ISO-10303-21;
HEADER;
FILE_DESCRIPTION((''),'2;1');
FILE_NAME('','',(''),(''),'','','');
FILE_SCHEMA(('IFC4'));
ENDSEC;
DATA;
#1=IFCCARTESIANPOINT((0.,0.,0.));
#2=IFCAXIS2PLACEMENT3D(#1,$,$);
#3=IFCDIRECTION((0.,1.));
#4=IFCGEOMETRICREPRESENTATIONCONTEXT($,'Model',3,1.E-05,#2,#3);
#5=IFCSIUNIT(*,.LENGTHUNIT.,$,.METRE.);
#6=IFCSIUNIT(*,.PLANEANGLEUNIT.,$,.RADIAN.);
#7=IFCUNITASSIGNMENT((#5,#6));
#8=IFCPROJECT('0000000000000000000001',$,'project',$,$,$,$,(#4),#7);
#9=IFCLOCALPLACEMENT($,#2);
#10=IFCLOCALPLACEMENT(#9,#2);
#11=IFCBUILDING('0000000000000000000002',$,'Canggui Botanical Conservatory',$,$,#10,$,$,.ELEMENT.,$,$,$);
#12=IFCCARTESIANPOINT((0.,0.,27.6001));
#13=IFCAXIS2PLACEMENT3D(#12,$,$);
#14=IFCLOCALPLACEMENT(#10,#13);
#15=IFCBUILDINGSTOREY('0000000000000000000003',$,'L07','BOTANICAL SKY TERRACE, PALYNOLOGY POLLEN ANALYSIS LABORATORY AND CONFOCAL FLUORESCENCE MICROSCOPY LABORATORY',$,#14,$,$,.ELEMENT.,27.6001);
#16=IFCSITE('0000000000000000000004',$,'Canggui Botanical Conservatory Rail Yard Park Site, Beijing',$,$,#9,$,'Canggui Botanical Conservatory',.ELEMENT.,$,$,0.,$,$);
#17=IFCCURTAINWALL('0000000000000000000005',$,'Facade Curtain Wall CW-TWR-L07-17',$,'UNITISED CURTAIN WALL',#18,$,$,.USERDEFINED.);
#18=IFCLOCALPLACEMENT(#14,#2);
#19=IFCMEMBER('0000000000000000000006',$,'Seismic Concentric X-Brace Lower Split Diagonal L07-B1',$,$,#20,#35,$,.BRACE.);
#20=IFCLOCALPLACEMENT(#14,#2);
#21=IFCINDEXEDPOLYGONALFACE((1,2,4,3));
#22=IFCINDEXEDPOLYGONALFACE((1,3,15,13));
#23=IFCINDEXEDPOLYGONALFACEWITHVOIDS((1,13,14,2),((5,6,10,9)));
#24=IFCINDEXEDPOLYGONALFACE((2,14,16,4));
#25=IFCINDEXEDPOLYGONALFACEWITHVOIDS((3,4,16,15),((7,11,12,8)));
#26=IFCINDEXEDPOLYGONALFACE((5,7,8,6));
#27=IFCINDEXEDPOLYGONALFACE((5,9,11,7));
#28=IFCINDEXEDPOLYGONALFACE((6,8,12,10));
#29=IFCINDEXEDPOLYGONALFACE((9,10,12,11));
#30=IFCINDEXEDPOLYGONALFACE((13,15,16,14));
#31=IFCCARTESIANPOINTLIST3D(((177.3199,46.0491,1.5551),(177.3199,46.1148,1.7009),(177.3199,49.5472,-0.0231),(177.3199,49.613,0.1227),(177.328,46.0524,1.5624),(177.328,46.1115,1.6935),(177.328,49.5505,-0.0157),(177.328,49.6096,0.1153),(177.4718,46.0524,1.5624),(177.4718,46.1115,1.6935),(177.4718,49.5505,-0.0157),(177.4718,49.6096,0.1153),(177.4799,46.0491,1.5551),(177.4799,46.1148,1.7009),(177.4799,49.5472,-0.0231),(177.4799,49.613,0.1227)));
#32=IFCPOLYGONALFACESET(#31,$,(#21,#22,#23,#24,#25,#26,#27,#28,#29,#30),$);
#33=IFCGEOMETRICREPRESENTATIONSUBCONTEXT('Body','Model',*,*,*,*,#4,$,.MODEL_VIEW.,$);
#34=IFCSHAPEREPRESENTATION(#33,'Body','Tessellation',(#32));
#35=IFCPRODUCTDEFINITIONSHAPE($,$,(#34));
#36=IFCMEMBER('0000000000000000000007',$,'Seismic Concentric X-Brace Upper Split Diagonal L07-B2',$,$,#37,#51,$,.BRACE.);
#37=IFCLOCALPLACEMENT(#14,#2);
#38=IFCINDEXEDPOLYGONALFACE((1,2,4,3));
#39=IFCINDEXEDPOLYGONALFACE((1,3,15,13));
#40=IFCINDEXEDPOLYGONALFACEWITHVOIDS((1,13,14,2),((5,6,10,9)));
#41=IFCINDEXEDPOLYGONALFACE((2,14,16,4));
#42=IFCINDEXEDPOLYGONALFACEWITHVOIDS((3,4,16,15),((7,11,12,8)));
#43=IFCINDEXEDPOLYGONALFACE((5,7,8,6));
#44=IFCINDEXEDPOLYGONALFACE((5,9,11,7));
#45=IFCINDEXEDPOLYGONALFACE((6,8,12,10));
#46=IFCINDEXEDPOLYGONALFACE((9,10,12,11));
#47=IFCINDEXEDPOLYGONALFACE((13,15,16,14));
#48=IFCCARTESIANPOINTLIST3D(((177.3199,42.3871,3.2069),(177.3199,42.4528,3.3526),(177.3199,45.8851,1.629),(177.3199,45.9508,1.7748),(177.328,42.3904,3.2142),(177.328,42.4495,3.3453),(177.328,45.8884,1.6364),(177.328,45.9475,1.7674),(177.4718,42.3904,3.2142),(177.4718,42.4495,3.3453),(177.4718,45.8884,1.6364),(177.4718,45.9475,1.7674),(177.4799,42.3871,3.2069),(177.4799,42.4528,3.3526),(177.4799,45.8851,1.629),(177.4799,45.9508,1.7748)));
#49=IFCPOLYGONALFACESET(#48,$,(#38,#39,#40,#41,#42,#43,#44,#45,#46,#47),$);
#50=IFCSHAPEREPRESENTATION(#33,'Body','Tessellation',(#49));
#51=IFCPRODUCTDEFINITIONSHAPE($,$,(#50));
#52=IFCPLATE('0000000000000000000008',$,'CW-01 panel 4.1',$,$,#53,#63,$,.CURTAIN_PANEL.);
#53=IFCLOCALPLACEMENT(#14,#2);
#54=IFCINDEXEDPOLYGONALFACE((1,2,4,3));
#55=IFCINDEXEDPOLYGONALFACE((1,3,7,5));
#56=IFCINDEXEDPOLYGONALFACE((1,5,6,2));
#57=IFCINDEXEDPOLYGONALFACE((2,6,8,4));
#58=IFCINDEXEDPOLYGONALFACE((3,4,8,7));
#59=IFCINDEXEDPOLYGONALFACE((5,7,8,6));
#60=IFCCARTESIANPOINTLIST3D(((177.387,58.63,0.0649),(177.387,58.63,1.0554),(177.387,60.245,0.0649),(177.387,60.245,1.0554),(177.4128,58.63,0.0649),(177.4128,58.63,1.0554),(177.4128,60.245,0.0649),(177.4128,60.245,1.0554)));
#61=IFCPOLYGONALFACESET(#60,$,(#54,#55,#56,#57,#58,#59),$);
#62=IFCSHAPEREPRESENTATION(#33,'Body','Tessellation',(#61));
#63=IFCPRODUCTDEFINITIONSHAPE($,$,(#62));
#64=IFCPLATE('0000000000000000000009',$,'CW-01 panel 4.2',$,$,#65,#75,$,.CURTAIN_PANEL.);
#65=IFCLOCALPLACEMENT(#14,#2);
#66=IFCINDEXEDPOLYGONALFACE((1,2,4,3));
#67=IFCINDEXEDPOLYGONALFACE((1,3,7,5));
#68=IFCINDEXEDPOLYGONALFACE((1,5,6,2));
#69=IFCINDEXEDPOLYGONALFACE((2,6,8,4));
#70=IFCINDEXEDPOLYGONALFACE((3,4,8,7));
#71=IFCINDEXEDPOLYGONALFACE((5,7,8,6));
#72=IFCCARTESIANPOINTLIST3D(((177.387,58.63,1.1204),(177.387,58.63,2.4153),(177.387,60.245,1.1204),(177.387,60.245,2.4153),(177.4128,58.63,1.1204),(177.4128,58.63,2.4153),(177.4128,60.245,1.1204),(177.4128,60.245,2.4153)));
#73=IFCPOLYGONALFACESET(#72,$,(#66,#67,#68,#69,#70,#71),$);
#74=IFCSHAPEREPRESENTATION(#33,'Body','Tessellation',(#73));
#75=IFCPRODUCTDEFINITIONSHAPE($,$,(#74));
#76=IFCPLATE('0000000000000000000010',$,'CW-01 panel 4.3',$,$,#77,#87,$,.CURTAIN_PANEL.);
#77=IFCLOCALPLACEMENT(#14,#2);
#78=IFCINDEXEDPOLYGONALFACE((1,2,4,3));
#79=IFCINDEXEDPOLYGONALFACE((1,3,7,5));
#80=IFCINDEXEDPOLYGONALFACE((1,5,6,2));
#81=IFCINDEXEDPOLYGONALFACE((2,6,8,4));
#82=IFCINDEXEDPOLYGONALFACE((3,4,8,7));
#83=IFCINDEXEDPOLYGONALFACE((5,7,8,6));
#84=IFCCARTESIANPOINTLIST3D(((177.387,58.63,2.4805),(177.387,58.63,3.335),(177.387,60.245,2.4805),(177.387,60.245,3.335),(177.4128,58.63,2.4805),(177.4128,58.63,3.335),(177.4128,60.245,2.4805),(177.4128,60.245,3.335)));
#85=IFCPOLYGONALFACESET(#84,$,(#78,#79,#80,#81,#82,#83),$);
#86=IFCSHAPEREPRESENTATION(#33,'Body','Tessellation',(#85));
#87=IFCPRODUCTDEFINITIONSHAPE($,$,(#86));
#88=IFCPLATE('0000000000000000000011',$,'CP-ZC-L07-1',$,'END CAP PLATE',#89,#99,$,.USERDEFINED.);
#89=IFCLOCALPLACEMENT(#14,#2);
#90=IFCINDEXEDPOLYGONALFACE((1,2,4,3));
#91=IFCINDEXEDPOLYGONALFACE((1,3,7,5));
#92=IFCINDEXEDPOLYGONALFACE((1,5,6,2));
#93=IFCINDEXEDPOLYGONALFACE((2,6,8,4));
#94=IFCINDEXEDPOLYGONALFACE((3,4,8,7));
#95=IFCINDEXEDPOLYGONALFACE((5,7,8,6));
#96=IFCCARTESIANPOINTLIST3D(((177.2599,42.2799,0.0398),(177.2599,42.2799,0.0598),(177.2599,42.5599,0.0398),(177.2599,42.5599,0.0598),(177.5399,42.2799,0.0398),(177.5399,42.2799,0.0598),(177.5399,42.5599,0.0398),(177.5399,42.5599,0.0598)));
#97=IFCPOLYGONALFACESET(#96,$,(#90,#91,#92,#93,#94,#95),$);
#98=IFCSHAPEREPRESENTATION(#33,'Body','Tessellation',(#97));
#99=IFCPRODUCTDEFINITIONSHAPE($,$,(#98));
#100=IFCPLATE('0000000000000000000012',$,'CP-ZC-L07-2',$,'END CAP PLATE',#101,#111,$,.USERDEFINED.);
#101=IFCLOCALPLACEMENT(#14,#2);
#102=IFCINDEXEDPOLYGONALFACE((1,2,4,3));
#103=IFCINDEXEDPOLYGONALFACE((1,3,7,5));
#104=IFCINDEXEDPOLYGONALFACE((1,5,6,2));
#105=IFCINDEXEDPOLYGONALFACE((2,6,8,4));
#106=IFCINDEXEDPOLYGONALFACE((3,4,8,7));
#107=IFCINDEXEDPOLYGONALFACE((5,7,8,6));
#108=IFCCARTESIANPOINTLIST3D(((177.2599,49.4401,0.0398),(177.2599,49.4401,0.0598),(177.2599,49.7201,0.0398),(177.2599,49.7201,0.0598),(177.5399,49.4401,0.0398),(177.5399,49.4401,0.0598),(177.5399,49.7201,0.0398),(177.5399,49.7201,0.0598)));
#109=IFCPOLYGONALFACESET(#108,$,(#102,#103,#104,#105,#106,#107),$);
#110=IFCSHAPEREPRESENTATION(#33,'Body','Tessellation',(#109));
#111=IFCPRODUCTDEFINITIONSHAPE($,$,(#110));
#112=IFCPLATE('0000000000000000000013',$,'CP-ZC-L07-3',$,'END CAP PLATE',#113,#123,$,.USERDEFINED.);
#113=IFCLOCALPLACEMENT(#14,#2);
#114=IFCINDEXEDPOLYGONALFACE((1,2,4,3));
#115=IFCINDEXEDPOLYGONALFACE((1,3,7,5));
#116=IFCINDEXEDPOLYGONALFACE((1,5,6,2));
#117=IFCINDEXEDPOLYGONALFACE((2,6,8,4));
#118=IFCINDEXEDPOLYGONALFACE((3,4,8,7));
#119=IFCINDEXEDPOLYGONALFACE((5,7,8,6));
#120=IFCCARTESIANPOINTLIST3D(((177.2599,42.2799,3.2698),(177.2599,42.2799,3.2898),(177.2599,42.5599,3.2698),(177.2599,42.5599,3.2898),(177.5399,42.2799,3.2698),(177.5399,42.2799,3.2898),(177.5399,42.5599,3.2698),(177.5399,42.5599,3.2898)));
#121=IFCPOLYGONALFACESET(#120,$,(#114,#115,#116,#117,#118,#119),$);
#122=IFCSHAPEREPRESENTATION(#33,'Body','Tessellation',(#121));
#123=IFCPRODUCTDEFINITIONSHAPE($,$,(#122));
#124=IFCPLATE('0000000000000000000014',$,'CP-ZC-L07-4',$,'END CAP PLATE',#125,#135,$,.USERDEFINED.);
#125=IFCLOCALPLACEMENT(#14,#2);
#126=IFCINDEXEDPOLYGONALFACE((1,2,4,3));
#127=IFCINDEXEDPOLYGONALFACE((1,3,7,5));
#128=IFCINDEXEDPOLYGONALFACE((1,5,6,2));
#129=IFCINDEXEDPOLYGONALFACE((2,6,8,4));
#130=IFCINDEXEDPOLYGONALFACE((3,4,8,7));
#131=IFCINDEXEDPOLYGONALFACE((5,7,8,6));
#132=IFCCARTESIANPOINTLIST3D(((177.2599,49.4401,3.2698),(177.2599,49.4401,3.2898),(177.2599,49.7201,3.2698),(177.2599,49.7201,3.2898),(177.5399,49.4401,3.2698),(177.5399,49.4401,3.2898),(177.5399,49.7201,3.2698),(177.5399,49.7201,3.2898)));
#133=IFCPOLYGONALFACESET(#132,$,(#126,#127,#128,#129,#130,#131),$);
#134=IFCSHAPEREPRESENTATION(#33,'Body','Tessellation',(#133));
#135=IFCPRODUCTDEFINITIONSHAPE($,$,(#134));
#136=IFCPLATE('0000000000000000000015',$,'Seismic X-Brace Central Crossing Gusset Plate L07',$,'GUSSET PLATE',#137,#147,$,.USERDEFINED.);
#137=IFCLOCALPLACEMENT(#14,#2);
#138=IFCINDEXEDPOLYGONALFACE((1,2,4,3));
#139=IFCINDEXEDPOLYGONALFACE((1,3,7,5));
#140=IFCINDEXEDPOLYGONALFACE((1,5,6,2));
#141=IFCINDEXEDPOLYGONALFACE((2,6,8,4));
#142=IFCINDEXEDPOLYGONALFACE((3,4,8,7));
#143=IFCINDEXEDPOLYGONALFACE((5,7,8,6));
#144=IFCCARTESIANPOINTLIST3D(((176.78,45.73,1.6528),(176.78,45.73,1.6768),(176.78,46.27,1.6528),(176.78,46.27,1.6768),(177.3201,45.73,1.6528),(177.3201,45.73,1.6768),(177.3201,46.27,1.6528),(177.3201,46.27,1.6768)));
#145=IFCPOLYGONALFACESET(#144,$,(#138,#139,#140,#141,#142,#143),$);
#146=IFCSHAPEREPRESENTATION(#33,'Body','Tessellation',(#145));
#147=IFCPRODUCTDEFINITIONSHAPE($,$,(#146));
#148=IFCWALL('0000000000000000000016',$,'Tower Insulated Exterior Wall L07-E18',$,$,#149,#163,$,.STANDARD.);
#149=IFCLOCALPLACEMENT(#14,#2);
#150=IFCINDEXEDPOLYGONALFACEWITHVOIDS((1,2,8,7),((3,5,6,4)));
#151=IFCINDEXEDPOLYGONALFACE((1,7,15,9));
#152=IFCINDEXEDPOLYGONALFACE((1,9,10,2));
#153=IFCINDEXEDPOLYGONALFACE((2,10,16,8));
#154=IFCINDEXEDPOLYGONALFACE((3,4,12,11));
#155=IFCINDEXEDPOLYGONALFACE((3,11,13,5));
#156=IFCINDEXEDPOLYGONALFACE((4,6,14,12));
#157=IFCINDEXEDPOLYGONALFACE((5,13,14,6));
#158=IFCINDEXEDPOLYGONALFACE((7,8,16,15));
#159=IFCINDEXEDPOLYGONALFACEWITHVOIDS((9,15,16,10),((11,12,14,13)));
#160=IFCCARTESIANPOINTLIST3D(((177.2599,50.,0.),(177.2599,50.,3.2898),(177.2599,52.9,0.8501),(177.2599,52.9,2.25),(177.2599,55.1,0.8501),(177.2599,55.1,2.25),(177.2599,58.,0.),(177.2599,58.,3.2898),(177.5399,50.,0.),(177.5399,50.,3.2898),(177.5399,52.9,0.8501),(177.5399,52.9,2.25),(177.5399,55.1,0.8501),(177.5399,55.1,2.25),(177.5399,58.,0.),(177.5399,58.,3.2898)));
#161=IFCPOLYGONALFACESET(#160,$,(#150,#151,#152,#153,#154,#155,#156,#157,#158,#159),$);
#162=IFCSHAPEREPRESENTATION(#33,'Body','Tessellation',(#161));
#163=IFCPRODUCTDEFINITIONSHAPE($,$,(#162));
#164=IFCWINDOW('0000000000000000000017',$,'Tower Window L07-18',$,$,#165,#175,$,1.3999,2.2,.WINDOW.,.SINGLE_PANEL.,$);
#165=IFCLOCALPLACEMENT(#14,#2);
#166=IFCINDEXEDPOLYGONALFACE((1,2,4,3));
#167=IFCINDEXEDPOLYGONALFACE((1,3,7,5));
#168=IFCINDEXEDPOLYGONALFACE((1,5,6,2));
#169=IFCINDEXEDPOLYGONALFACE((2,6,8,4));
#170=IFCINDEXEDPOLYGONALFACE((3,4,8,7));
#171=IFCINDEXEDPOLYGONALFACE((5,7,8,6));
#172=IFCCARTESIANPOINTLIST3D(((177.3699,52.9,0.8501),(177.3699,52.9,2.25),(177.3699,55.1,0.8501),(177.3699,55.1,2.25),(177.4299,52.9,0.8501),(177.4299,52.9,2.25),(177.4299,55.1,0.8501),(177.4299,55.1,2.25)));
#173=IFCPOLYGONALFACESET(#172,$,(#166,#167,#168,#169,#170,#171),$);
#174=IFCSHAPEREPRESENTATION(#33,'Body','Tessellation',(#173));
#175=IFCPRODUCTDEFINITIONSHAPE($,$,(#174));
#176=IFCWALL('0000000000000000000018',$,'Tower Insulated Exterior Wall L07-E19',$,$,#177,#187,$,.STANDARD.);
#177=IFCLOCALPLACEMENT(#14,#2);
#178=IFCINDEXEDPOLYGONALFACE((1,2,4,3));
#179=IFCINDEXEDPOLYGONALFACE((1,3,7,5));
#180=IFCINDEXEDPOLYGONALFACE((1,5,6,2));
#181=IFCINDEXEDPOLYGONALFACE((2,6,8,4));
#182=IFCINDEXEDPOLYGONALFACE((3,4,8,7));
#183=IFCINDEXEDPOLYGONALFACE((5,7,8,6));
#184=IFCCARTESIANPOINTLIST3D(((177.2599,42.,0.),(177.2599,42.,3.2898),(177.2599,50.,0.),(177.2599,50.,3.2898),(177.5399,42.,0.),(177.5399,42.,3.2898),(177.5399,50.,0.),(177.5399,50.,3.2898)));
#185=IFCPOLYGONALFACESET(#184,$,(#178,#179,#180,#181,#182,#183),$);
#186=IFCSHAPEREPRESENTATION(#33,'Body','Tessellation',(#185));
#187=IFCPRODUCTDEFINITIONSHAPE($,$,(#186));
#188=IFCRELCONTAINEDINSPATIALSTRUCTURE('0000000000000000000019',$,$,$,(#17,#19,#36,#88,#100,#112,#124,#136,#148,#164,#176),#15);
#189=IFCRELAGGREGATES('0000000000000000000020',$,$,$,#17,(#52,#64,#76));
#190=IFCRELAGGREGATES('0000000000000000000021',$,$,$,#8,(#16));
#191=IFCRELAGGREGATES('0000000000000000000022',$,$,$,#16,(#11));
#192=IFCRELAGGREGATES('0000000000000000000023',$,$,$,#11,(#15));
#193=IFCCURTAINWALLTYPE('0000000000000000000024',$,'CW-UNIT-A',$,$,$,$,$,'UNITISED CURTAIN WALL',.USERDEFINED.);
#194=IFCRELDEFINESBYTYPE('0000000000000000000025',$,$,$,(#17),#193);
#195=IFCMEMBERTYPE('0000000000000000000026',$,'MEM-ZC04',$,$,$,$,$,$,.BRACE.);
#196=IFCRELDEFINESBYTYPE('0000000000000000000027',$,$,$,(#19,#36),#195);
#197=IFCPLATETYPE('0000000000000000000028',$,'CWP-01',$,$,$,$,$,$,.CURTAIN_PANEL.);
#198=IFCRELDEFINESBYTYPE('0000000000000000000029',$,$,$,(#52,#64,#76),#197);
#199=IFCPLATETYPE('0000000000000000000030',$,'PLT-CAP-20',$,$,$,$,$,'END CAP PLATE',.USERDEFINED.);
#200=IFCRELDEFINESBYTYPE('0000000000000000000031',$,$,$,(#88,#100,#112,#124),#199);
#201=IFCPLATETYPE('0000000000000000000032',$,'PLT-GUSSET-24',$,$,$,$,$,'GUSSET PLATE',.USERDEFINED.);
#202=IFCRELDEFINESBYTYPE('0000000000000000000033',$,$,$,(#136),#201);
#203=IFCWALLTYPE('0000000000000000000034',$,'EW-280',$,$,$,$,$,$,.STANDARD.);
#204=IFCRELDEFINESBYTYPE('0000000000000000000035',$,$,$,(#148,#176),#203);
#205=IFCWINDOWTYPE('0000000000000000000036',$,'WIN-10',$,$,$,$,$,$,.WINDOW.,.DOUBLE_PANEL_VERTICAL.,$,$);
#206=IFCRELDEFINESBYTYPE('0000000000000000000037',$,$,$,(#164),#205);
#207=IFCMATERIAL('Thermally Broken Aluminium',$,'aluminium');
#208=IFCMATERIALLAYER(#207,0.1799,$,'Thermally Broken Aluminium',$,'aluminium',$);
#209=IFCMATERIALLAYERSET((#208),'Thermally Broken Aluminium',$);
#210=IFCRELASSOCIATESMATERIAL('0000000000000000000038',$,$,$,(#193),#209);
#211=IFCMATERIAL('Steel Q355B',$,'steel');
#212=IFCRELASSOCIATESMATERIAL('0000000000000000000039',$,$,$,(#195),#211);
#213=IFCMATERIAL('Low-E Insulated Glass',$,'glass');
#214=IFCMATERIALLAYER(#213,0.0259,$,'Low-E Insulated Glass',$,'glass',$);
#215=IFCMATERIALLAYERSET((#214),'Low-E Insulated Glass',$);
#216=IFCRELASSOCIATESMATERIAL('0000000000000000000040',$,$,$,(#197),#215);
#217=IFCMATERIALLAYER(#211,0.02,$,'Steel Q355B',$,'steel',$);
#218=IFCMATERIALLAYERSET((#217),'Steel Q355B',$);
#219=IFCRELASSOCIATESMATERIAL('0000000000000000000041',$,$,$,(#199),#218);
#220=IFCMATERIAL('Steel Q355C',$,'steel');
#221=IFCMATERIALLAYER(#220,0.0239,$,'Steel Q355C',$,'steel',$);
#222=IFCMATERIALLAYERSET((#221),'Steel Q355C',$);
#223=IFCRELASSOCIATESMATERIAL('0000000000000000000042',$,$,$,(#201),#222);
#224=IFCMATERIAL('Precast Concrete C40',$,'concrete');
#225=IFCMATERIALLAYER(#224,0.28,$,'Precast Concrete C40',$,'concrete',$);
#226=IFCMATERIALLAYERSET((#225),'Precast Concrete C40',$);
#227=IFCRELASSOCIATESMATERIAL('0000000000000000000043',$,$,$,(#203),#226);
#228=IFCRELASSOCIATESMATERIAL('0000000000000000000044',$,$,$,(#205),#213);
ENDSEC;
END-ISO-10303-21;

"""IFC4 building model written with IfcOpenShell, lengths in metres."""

from ifc_helpers import new_model, si_unit, direction, frame, frame_2d, origin, origin_2d, place, context, subcontext, project, spatial, rectangle, hollow_rectangle, extrude, material, layer, layer_set, material_profile, profile_set, type_object, element, fill, aggregate, save


model = new_model("IFC4")

# Units and contexts
model_context = context("Model", 3, precision=1e-05, world=origin(), true_north=direction((0.0, 1.0)))
body_context = subcontext(model_context, "Body", "Model", "MODEL_VIEW")
ifc_project = project(units=[si_unit("LENGTHUNIT", "METRE"), si_unit("PLANEANGLEUNIT", "RADIAN")], contexts=[model_context])

# Site, building, storey
site_placement = place(None, origin())
site = spatial("IfcSite", under=ifc_project, at=site_placement, Name="Canggui Botanical Conservatory Rail Yard Park Site, Beijing", LongName="Canggui Botanical Conservatory", CompositionType="ELEMENT", RefElevation=0.0)
building_placement = place(site_placement, origin())
building = spatial("IfcBuilding", under=site, at=building_placement, Name="Canggui Botanical Conservatory", CompositionType="ELEMENT")
storey_placement = place(building_placement, frame((0.0, 0.0, 27.6001)))
storey = spatial("IfcBuildingStorey", under=building, at=storey_placement, Name="L07", Description="BOTANICAL SKY TERRACE, PALYNOLOGY POLLEN ANALYSIS LABORATORY AND CONFOCAL FLUORESCENCE MICROSCOPY LABORATORY", CompositionType="ELEMENT", Elevation=27.6001)

# Curtain wall
ifc_material_1 = material(Name="Thermally Broken Aluminium", Category="aluminium")
ifc_layer_1 = layer(ifc_material_1, 0.1799, Name="Thermally Broken Aluminium", Category="aluminium")
ifc_layer_set_1 = layer_set([ifc_layer_1], Name="Thermally Broken Aluminium")
curtain_wall_type = type_object("IfcCurtainWallType", Name="CW-UNIT-A", ElementType="UNITISED CURTAIN WALL", PredefinedType="USERDEFINED", material=ifc_layer_set_1)
curtain_wall_placement = place(storey_placement, origin())
curtain_wall = element("IfcCurtainWall", 1, at=curtain_wall_placement, inside=storey, type_object=curtain_wall_type, Name="Facade Curtain Wall CW-TWR-L07-17", ObjectType="UNITISED CURTAIN WALL", PredefinedType="USERDEFINED")

# Members
ifc_material_2 = material(Name="Steel Q355B", Category="steel")
ifc_material_profile_1 = material_profile(ifc_material_2, hollow_rectangle(XDim=0.1599, YDim=0.1599, WallThickness=0.0081, at=origin_2d()), Name="SHS 160x160x8")
ifc_profile_set_1 = profile_set([ifc_material_profile_1], Name="Steel Q355B")
member_type_1 = type_object("IfcMemberType", Name="MEM-ZC04", PredefinedType="BRACE", material=ifc_profile_set_1)
member_1_placement = place(storey_placement, frame((177.3999, 49.5801, 0.0498), z_axis=(0.0, -0.911531, 0.411232), x_axis=(1.0, 0.0, 0.0)))
element("IfcMember", 2, at=member_1_placement, inside=storey, type_object=member_type_1, Name="Seismic Concentric X-Brace Lower Split Diagonal L07-B1", PredefinedType="BRACE", context=body_context, shape_type="SweptSolid", body=[
    extrude(hollow_rectangle(XDim=0.1599, YDim=0.1599, WallThickness=0.0081, at=origin_2d()), origin(), (0.0, 0.0, 1.0), 3.8376),
])
member_2_placement = place(storey_placement, frame((177.3999, 45.918, 1.7019), z_axis=(0.0, -0.911554, 0.411179), x_axis=(1.0, 0.0, 0.0)))
element("IfcMember", 3, at=member_2_placement, inside=storey, type_object=member_type_1, Name="Seismic Concentric X-Brace Upper Split Diagonal L07-B2", PredefinedType="BRACE", context=body_context, shape_type="SweptSolid", body=[
    extrude(hollow_rectangle(XDim=0.1599, YDim=0.1599, WallThickness=0.0081, at=origin_2d()), origin(), (0.0, 0.0, 1.0), 3.8374),
])

# Plates
ifc_material_3 = material(Name="Low-E Insulated Glass", Category="glass")
ifc_layer_2 = layer(ifc_material_3, 0.0259, Name="Low-E Insulated Glass", Category="glass")
ifc_layer_set_2 = layer_set([ifc_layer_2], Name="Low-E Insulated Glass")
plate_type_1 = type_object("IfcPlateType", Name="CWP-01", PredefinedType="CURTAIN_PANEL", material=ifc_layer_set_2)
plate_1_placement = place(storey_placement, frame((177.3999, 59.4375, 0.0649), z_axis=(0.0, 0.0, 1.0), x_axis=(0.0, -1.0, 0.0)))
plate_1 = element("IfcPlate", 4, at=plate_1_placement, type_object=plate_type_1, Name="CW-01 panel 4.1", PredefinedType="CURTAIN_PANEL", context=body_context, shape_type="SweptSolid", body=[
    extrude(rectangle(XDim=1.615, YDim=0.0259, at=origin_2d()), origin(), (0.0, 0.0, 1.0), 0.9905),
])
plate_2_placement = place(storey_placement, frame((177.3999, 59.4375, 1.1204), z_axis=(0.0, 0.0, 1.0), x_axis=(0.0, -1.0, 0.0)))
plate_2 = element("IfcPlate", 5, at=plate_2_placement, type_object=plate_type_1, Name="CW-01 panel 4.2", PredefinedType="CURTAIN_PANEL", context=body_context, shape_type="SweptSolid", body=[
    extrude(rectangle(XDim=1.615, YDim=0.0259, at=origin_2d()), origin(), (0.0, 0.0, 1.0), 1.2949),
])
plate_3_placement = place(storey_placement, frame((177.3999, 59.4375, 2.4805), z_axis=(0.0, 0.0, 1.0), x_axis=(0.0, -1.0, 0.0)))
plate_3 = element("IfcPlate", 6, at=plate_3_placement, type_object=plate_type_1, Name="CW-01 panel 4.3", PredefinedType="CURTAIN_PANEL", context=body_context, shape_type="SweptSolid", body=[
    extrude(rectangle(XDim=1.615, YDim=0.0259, at=origin_2d()), origin(), (0.0, 0.0, 1.0), 0.8545),
])
aggregate(curtain_wall, [plate_1, plate_2, plate_3])

# Plates
ifc_layer_3 = layer(ifc_material_2, 0.02, Name="Steel Q355B", Category="steel")
ifc_layer_set_3 = layer_set([ifc_layer_3], Name="Steel Q355B")
plate_type_2 = type_object("IfcPlateType", Name="PLT-CAP-20", ElementType="END CAP PLATE", PredefinedType="USERDEFINED", material=ifc_layer_set_3)
for number, where, z_axis, x_axis, name in (
    (7, (177.3999, 42.4199, 0.0398), (0.0, 0.0, 1.0), (1.0, 0.0, 0.0), "CP-ZC-L07-1"),
    (8, (177.3999, 49.5801, 0.0398), (0.0, 0.0, 1.0), (1.0, 0.0, 0.0), "CP-ZC-L07-2"),
    (9, (177.3999, 42.4199, 3.2698), (0.0, 0.0, 1.0), (1.0, 0.0, 0.0), "CP-ZC-L07-3"),
    (10, (177.3999, 49.5801, 3.2698), (0.0, 0.0, 1.0), (1.0, 0.0, 0.0), "CP-ZC-L07-4"),
):
    element("IfcPlate", number, at=place(storey_placement, frame(where, z_axis=z_axis, x_axis=x_axis)), inside=storey, type_object=plate_type_2, Name=name, ObjectType="END CAP PLATE", PredefinedType="USERDEFINED", context=body_context, shape_type="SweptSolid", body=[
        extrude(rectangle(XDim=0.28, YDim=0.28, at=origin_2d()), origin(), (0.0, 0.0, 1.0), 0.02),
    ])
ifc_material_4 = material(Name="Steel Q355C", Category="steel")
ifc_layer_4 = layer(ifc_material_4, 0.0239, Name="Steel Q355C", Category="steel")
ifc_layer_set_4 = layer_set([ifc_layer_4], Name="Steel Q355C")
plate_type_3 = type_object("IfcPlateType", Name="PLT-GUSSET-24", ElementType="GUSSET PLATE", PredefinedType="USERDEFINED", material=ifc_layer_set_4)
plate_4_placement = place(storey_placement, frame((177.05, 46.0, 1.6528), z_axis=(0.0, 0.0, 1.0), x_axis=(1.0, 0.0, 0.0)))
element("IfcPlate", 11, at=plate_4_placement, inside=storey, type_object=plate_type_3, Name="Seismic X-Brace Central Crossing Gusset Plate L07", ObjectType="GUSSET PLATE", PredefinedType="USERDEFINED", context=body_context, shape_type="SweptSolid", body=[
    extrude(rectangle(XDim=0.54, YDim=0.54, at=origin_2d()), origin(), (0.0, 0.0, 1.0), 0.0239),
])

# Wall, opening, window
ifc_material_5 = material(Name="Precast Concrete C40", Category="concrete")
ifc_layer_5 = layer(ifc_material_5, 0.28, Name="Precast Concrete C40", Category="concrete")
ifc_layer_set_5 = layer_set([ifc_layer_5], Name="Precast Concrete C40")
wall_type_1 = type_object("IfcWallType", Name="EW-280", PredefinedType="STANDARD", material=ifc_layer_set_5)
wall_1_placement = place(storey_placement, frame((177.3999, 58.0, 0.0), z_axis=(0.0, 0.0, 1.0), x_axis=(0.0, -1.0, 0.0)))
wall_1 = element("IfcWall", 12, at=wall_1_placement, inside=storey, type_object=wall_type_1, Name="Tower Insulated Exterior Wall L07-E18", PredefinedType="STANDARD", context=body_context, shape_type="SweptSolid", body=[
    extrude(rectangle(XDim=8.0, YDim=0.28, at=frame_2d((4.0, 0.0))), origin(), (0.0, 0.0, 1.0), 3.2898),
])
opening_1_placement = place(wall_1_placement, frame((2.8999, 0.0, 0.8501)))
opening_1 = element("IfcOpeningElement", 13, at=opening_1_placement, cuts=wall_1, PredefinedType="OPENING", context=body_context, shape_type="SweptSolid", body=[
    extrude(rectangle(XDim=2.2, YDim=1.3999, at=frame_2d((1.1001, 0.7))), frame((0.0, 0.1499, 0.0), z_axis=(0.0, -1.0, 0.0), x_axis=(1.0, 0.0, 0.0)), (0.0, 0.0, 1.0), 0.3),
])
window_type = type_object("IfcWindowType", Name="WIN-10", PartitioningType="DOUBLE_PANEL_VERTICAL", PredefinedType="WINDOW", material=ifc_material_3)
window_placement = place(opening_1_placement, origin())
window = element("IfcWindow", 14, at=window_placement, inside=storey, type_object=window_type, Name="Tower Window L07-18", OverallHeight=1.3999, OverallWidth=2.2, PartitioningType="SINGLE_PANEL", PredefinedType="WINDOW", context=body_context, shape_type="SweptSolid", body=[
    extrude(rectangle(XDim=2.2, YDim=1.3999, at=frame_2d((1.1001, 0.7))), frame((0.0, 0.03, 0.0), z_axis=(0.0, -1.0, 0.0), x_axis=(1.0, 0.0, 0.0)), (0.0, 0.0, 1.0), 0.0601),
])
fill(opening_1, window)

# Wall
wall_2_placement = place(storey_placement, frame((177.3999, 50.0, 0.0), z_axis=(0.0, 0.0, 1.0), x_axis=(0.0, -1.0, 0.0)))
element("IfcWall", 15, at=wall_2_placement, inside=storey, type_object=wall_type_1, Name="Tower Insulated Exterior Wall L07-E19", PredefinedType="STANDARD", context=body_context, shape_type="SweptSolid", body=[
    extrude(rectangle(XDim=8.0, YDim=0.28, at=frame_2d((4.0, 0.0))), origin(), (0.0, 0.0, 1.0), 3.2898),
])

save(model, "model.ifc")
